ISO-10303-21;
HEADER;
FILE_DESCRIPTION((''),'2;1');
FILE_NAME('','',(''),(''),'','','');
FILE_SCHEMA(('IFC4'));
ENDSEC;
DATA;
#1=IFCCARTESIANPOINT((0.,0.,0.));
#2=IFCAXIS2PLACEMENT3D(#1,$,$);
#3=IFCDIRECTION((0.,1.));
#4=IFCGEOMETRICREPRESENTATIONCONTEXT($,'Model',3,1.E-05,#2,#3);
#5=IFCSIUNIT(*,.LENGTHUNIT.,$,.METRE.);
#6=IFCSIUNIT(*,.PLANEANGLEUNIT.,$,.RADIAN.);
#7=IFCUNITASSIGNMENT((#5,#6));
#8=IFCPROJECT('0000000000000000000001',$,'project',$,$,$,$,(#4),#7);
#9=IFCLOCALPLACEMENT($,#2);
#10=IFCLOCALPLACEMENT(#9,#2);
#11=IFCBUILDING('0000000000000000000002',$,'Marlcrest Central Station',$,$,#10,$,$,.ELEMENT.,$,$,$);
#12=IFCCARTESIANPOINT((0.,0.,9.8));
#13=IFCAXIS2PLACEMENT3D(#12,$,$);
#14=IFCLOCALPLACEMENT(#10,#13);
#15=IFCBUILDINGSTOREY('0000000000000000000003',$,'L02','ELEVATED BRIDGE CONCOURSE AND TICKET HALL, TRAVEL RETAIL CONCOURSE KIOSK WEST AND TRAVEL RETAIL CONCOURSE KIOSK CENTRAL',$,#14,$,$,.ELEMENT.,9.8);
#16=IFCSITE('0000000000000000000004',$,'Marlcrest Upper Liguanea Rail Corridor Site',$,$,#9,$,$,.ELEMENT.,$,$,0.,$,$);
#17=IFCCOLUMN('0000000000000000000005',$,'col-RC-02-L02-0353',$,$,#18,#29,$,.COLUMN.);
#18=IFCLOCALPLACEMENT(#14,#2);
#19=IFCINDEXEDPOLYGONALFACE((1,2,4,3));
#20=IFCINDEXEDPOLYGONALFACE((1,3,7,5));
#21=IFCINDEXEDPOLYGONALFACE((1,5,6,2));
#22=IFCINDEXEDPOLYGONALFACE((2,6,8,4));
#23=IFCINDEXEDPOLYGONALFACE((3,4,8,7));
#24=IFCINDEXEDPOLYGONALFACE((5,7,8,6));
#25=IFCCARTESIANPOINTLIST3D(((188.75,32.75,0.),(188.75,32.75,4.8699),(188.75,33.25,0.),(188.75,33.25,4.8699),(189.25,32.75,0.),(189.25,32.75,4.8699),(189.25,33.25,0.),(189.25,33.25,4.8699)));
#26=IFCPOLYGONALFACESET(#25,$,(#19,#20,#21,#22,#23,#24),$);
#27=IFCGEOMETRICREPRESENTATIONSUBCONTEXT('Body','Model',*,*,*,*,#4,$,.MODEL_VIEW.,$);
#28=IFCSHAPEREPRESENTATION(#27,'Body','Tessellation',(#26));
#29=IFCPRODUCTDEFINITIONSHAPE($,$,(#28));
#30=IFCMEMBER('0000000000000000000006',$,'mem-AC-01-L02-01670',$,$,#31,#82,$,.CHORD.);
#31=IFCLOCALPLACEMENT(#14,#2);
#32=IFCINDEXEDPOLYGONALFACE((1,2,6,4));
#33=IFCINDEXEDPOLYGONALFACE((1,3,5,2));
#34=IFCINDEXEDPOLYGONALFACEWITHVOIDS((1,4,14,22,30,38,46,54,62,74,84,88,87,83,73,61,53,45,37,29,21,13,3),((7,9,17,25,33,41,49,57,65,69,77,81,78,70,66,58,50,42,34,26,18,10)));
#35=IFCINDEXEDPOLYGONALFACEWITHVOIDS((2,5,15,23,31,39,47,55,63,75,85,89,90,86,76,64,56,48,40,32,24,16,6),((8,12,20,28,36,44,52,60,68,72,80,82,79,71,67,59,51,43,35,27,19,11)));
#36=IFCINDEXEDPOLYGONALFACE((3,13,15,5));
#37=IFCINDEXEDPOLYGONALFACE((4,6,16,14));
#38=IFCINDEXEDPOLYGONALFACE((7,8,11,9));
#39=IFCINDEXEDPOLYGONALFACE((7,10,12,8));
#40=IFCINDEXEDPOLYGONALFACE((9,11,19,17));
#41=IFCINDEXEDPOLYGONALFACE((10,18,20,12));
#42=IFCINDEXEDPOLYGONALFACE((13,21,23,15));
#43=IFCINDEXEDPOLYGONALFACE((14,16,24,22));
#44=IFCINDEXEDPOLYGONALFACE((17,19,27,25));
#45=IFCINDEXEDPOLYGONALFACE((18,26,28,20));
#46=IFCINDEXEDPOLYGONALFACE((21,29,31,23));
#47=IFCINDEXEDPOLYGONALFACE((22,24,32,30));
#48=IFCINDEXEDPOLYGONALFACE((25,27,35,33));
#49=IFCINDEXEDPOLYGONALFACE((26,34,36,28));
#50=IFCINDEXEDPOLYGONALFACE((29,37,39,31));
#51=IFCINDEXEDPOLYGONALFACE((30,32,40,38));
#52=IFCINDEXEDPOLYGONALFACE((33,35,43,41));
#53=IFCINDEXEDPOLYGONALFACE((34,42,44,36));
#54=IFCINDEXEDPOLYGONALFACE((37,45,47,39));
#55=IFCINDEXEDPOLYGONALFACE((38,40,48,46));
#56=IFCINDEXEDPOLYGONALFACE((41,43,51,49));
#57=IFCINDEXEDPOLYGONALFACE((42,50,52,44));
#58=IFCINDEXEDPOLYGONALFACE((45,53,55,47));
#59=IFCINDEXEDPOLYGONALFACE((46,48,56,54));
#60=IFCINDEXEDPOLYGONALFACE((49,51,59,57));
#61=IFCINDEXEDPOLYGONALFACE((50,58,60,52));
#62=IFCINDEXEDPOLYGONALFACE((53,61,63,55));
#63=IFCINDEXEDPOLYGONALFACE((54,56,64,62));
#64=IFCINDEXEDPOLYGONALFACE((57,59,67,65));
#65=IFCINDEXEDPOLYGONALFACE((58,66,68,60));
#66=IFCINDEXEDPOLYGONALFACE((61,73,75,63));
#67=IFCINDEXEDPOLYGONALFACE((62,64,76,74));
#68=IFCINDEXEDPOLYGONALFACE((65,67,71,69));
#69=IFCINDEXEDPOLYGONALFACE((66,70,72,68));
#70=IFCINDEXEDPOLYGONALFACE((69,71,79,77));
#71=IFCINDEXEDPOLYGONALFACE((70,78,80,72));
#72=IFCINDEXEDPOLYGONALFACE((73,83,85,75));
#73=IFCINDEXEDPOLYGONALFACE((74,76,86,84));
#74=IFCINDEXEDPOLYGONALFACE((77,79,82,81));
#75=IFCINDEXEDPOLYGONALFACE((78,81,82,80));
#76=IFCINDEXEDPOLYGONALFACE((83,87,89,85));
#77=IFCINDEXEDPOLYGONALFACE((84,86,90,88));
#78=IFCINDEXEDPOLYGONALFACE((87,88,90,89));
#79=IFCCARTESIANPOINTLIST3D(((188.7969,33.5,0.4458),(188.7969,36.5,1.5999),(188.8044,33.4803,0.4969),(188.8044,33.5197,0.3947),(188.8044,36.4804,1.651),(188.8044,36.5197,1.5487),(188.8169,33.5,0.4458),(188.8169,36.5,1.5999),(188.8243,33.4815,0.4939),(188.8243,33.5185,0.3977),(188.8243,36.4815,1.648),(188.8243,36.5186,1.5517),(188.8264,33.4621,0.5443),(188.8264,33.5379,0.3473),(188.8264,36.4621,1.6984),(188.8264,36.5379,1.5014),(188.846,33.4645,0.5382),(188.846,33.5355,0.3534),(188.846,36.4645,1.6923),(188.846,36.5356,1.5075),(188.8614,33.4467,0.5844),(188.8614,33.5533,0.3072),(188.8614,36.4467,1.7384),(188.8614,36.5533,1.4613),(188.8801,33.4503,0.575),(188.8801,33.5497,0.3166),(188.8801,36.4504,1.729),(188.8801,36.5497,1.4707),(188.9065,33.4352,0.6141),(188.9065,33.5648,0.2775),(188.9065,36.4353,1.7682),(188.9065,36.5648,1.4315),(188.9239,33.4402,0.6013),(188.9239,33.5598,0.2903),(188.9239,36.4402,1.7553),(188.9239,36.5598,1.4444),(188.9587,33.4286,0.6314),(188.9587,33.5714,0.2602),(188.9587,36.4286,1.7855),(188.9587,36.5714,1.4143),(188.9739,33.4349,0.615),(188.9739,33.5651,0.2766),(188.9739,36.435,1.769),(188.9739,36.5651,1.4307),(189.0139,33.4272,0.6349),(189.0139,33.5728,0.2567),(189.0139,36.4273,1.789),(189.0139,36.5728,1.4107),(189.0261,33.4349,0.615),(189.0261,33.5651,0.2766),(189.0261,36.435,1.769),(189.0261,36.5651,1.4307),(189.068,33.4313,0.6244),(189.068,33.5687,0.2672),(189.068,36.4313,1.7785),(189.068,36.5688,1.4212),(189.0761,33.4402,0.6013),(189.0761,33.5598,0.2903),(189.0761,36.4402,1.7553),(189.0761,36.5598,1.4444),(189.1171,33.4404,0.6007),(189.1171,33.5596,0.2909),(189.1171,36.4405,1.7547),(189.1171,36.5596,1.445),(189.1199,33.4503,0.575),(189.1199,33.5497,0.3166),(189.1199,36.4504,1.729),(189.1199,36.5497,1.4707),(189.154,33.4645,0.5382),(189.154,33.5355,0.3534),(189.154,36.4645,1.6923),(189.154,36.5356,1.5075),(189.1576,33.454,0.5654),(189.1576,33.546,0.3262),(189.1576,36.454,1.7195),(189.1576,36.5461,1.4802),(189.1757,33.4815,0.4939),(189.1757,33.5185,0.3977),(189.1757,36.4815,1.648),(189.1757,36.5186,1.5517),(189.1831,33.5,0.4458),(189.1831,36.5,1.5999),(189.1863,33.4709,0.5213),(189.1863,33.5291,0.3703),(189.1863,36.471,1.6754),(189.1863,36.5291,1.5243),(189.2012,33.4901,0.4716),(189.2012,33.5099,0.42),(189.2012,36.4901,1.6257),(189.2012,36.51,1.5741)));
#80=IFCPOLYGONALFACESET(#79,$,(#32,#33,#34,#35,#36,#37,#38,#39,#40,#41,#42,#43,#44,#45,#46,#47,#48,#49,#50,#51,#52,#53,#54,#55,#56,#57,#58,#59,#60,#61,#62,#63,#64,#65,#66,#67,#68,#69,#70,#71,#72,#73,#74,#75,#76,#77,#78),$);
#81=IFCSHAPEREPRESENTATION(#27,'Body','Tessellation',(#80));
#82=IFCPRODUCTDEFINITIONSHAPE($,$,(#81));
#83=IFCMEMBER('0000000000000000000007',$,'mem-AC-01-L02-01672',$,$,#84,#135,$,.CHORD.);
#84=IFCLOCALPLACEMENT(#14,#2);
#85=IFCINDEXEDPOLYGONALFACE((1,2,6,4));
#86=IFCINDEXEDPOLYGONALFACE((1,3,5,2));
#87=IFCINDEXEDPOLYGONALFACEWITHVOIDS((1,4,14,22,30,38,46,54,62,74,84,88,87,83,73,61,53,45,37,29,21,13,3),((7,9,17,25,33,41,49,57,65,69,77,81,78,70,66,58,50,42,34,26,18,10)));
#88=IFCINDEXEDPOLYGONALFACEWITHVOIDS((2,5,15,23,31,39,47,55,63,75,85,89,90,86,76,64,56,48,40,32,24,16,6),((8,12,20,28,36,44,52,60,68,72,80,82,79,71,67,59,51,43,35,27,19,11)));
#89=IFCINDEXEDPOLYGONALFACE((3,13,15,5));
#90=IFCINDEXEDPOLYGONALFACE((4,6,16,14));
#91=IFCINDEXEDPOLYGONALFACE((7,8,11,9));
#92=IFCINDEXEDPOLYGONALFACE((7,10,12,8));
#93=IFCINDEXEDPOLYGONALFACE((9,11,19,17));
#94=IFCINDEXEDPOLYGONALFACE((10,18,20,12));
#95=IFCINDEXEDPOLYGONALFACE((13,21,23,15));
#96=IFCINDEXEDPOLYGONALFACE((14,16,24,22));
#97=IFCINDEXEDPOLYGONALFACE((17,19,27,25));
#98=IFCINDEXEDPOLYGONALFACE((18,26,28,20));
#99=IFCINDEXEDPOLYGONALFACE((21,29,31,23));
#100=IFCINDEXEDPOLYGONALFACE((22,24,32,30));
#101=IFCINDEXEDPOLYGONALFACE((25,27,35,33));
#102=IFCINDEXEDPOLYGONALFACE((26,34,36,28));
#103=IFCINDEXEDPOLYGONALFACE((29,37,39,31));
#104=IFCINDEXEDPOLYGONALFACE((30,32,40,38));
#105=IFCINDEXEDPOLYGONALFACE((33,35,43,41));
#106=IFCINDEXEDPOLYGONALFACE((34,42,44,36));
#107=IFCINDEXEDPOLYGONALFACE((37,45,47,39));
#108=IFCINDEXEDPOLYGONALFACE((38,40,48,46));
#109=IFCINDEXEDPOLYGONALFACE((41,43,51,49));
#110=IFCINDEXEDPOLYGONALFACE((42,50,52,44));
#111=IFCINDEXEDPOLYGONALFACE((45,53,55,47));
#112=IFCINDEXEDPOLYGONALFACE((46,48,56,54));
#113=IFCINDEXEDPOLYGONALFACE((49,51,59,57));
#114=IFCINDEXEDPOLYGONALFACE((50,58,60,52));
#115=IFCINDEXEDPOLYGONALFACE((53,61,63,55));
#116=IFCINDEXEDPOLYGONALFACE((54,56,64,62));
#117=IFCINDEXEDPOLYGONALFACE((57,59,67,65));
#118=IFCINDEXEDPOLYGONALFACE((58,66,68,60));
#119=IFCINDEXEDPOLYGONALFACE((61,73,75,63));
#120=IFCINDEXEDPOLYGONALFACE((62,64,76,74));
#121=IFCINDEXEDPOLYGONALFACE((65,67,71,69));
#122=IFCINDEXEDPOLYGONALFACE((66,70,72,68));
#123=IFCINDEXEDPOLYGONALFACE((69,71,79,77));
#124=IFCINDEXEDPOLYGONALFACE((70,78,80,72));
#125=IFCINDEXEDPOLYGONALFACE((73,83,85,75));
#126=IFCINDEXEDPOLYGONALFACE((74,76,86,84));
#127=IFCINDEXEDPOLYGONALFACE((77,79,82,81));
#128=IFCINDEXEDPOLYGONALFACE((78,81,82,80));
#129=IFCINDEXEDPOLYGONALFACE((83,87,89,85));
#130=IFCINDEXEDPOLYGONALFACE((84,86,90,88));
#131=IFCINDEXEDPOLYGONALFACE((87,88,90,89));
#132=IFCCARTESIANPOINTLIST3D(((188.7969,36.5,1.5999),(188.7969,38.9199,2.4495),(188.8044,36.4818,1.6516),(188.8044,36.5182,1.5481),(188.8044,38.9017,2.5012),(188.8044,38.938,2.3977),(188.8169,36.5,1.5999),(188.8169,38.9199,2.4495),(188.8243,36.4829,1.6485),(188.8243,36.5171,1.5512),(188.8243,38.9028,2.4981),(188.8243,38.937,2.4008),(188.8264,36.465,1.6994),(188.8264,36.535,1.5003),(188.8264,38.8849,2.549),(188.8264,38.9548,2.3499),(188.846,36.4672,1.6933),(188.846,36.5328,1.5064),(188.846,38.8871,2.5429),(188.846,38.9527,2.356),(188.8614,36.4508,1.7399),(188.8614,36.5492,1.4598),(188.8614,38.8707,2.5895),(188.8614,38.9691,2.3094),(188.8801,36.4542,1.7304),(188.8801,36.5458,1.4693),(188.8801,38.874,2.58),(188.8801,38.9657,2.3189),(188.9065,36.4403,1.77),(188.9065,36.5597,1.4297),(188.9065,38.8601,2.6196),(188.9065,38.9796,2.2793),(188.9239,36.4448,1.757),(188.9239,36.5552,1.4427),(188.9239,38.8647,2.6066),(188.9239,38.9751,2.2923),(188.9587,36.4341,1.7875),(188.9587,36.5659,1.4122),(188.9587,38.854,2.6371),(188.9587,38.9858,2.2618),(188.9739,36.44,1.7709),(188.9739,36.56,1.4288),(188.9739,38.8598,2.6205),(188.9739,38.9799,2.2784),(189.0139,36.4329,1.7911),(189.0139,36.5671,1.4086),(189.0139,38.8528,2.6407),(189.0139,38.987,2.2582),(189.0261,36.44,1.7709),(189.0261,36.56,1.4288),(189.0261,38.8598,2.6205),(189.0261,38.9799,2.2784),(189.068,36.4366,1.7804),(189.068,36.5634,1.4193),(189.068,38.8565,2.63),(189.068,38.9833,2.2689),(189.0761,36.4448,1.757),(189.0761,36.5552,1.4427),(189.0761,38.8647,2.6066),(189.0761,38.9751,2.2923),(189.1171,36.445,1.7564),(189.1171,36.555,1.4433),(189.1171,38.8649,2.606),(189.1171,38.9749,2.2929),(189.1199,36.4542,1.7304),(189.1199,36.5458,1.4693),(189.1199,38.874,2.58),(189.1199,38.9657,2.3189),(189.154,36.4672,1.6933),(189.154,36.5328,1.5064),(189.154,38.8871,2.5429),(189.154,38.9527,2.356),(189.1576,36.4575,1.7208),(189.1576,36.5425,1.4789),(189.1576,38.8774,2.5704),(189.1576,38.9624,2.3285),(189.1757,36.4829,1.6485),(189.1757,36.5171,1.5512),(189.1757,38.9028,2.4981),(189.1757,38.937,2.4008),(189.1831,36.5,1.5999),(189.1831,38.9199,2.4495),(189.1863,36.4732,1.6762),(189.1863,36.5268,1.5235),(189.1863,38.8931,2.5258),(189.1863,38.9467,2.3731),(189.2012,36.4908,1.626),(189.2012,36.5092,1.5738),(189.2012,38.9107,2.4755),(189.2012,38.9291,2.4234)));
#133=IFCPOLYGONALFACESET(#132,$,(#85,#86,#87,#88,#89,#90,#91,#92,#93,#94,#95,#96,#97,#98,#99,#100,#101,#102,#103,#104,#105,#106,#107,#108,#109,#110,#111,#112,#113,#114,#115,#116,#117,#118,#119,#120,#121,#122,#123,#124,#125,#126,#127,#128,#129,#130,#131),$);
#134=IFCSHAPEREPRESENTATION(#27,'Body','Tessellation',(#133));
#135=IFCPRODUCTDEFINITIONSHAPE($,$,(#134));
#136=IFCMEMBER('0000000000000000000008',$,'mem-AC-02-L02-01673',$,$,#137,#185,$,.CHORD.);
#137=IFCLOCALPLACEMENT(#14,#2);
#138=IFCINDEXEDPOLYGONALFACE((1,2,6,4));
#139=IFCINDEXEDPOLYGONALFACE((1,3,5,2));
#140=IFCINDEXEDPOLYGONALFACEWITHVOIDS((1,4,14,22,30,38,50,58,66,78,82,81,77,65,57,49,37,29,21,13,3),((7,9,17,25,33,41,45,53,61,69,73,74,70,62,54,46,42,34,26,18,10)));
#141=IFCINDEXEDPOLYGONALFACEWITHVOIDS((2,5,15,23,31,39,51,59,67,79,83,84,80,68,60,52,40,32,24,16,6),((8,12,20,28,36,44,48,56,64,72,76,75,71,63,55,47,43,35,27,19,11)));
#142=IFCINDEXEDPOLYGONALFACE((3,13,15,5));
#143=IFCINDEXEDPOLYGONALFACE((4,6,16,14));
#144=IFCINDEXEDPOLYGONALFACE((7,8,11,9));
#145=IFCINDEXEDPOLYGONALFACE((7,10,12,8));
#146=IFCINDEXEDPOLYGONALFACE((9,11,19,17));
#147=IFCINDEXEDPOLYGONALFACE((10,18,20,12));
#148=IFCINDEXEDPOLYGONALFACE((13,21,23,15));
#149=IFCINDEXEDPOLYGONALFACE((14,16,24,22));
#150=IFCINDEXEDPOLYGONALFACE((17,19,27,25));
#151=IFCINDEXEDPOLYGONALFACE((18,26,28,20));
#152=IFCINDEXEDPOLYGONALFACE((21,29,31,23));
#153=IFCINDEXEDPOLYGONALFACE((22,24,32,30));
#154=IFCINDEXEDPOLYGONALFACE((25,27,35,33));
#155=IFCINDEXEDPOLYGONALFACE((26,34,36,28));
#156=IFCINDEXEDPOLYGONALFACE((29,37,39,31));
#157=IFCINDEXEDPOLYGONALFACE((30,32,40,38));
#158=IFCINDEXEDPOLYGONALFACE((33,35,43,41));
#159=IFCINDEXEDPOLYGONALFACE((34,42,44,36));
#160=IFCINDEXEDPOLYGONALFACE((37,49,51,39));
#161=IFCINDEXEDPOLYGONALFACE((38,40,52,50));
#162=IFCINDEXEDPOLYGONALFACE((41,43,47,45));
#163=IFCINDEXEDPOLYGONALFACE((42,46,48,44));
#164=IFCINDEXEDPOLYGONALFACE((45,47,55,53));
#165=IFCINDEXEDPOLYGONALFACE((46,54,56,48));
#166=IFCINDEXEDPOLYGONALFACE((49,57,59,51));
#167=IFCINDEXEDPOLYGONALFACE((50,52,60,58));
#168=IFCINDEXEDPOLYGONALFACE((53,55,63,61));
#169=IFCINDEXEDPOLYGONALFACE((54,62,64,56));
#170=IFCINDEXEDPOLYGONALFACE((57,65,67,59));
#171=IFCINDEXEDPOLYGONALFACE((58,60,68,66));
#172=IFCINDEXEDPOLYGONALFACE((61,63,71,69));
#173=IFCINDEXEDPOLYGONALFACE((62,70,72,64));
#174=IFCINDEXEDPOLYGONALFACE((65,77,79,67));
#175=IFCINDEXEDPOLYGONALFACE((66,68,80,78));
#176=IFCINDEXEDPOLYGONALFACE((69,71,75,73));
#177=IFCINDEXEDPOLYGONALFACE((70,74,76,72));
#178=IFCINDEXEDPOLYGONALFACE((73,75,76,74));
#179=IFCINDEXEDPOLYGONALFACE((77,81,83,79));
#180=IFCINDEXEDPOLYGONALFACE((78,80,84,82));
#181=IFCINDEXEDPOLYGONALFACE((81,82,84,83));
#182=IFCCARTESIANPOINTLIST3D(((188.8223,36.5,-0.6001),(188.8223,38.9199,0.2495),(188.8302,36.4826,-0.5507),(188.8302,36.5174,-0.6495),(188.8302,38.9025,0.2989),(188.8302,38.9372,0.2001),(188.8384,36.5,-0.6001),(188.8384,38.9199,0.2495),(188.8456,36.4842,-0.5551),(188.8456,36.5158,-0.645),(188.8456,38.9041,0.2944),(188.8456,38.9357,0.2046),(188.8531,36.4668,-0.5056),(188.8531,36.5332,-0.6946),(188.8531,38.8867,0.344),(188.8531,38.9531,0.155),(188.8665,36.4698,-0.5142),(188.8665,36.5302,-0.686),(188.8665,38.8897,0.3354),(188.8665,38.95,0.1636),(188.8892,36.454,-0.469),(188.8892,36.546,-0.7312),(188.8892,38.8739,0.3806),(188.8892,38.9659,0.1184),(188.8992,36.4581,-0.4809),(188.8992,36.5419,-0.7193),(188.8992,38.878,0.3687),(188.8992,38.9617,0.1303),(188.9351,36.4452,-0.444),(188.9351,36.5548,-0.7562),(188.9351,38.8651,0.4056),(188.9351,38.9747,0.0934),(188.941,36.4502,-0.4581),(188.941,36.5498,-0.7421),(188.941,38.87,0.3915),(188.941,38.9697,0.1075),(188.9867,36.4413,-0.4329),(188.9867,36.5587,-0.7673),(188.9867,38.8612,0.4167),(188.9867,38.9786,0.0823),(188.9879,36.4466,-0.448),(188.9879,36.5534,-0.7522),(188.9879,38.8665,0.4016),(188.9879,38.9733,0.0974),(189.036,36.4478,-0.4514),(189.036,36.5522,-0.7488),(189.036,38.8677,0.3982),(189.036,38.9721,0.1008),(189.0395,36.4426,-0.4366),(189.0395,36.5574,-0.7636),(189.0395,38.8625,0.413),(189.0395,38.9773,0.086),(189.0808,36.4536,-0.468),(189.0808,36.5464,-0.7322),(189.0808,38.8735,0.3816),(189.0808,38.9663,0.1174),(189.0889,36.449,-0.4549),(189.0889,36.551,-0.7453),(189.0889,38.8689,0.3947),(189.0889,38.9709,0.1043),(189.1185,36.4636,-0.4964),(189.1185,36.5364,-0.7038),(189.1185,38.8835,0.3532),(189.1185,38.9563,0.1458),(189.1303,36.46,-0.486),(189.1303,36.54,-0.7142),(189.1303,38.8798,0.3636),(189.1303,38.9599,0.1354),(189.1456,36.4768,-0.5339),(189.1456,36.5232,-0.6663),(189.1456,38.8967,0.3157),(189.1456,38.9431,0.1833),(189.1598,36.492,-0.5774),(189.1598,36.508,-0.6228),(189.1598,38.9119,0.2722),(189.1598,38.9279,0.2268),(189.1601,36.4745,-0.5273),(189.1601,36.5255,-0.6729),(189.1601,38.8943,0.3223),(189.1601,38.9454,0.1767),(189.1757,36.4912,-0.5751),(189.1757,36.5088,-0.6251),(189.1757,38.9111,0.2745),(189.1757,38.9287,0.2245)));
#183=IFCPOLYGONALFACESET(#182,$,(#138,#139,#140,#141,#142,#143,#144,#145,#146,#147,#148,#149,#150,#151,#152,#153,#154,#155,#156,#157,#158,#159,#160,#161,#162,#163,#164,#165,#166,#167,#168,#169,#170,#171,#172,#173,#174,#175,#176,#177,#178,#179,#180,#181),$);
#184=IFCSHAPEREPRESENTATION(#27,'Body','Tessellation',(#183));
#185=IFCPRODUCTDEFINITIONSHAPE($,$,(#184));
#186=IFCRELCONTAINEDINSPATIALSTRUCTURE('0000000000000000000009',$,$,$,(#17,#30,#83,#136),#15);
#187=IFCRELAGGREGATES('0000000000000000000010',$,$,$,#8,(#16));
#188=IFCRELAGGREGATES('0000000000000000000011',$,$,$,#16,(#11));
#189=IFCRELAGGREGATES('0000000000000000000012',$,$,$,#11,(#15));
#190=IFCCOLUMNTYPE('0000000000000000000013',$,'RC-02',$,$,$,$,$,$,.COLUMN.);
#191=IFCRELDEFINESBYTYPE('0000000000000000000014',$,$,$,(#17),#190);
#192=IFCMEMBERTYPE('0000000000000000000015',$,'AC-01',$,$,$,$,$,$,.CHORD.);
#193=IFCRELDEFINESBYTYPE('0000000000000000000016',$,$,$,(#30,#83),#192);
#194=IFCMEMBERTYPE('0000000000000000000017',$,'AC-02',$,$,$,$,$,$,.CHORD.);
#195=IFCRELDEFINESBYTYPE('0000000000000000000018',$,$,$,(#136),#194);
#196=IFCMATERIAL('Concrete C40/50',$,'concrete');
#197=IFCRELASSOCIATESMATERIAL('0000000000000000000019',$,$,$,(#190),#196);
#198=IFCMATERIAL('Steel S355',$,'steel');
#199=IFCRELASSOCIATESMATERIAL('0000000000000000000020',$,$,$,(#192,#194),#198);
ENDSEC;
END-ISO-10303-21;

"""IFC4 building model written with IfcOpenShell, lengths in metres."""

from ifc_helpers import new_model, si_unit, direction, frame, origin, origin_2d, place, context, subcontext, project, spatial, rectangle, hollow_circle, extrude, material, material_profile, profile_set, type_object, element, save


model = new_model("IFC4")

# Units and contexts
model_context = context("Model", 3, precision=1e-05, world=origin(), true_north=direction((0.0, 1.0)))
body_context = subcontext(model_context, "Body", "Model", "MODEL_VIEW")
ifc_project = project(units=[si_unit("LENGTHUNIT", "METRE"), si_unit("PLANEANGLEUNIT", "RADIAN")], contexts=[model_context])

# Site, building, storey
site_placement = place(None, origin())
site = spatial("IfcSite", under=ifc_project, at=site_placement, Name="Marlcrest Upper Liguanea Rail Corridor Site", CompositionType="ELEMENT", RefElevation=0.0)
building_placement = place(site_placement, origin())
building = spatial("IfcBuilding", under=site, at=building_placement, Name="Marlcrest Central Station", CompositionType="ELEMENT")
storey_placement = place(building_placement, frame((0.0, 0.0, 9.8)))
storey = spatial("IfcBuildingStorey", under=building, at=storey_placement, Name="L02", Description="ELEVATED BRIDGE CONCOURSE AND TICKET HALL, TRAVEL RETAIL CONCOURSE KIOSK WEST AND TRAVEL RETAIL CONCOURSE KIOSK CENTRAL", CompositionType="ELEMENT", Elevation=9.8)

# Column
ifc_material_1 = material(Name="Concrete C40/50", Category="concrete")
ifc_material_profile_1 = material_profile(ifc_material_1, rectangle(XDim=0.5, YDim=0.5, at=origin_2d()), Name="RC 500x500")
ifc_profile_set_1 = profile_set([ifc_material_profile_1], Name="Concrete C40/50")
column_type = type_object("IfcColumnType", Name="RC-02", PredefinedType="COLUMN", material=ifc_profile_set_1)
column_placement = place(storey_placement, frame((189.0, 33.0, 0.0), z_axis=(0.0, 0.0, 1.0), x_axis=(1.0, 0.0, 0.0)))
element("IfcColumn", 1, at=column_placement, inside=storey, type_object=column_type, Name="col-RC-02-L02-0353", PredefinedType="COLUMN", context=body_context, shape_type="SweptSolid", body=[
    extrude(rectangle(XDim=0.5, YDim=0.5, at=origin_2d()), origin(), (0.0, 0.0, 1.0), 4.8699),
])

# Members
ifc_material_2 = material(Name="Steel S355", Category="steel")
ifc_material_profile_2 = material_profile(ifc_material_2, hollow_circle(Radius=0.2031, WallThickness=0.02, at=origin_2d()), Name="CHS 406.4x20")
ifc_profile_set_2 = profile_set([ifc_material_profile_2], Name="Steel S355")
member_type_1 = type_object("IfcMemberType", Name="AC-01", PredefinedType="CHORD", material=ifc_profile_set_2)
member_1_placement = place(storey_placement, frame((189.0, 33.5, 0.4458), z_axis=(0.0, 0.933324, 0.359035), x_axis=(-1.0, 0.0, 0.0)))
element("IfcMember", 2, at=member_1_placement, inside=storey, type_object=member_type_1, Name="mem-AC-01-L02-01670", PredefinedType="CHORD", context=body_context, shape_type="SweptSolid", body=[
    extrude(hollow_circle(Radius=0.2031, WallThickness=0.02, at=origin_2d()), origin(), (0.0, 0.0, 1.0), 3.2144),
])
member_2_placement = place(storey_placement, frame((189.0, 36.5, 1.5999), z_axis=(0.0, 0.943537, 0.331266), x_axis=(-1.0, 0.0, 0.0)))
element("IfcMember", 3, at=member_2_placement, inside=storey, type_object=member_type_1, Name="mem-AC-01-L02-01672", PredefinedType="CHORD", context=body_context, shape_type="SweptSolid", body=[
    extrude(hollow_circle(Radius=0.2031, WallThickness=0.02, at=origin_2d()), origin(), (0.0, 0.0, 1.0), 2.5647),
])
ifc_material_profile_3 = material_profile(ifc_material_2, hollow_circle(Radius=0.1777, WallThickness=0.0161, at=origin_2d()), Name="CHS 355.6x16")
ifc_profile_set_3 = profile_set([ifc_material_profile_3], Name="Steel S355")
member_type_2 = type_object("IfcMemberType", Name="AC-02", PredefinedType="CHORD", material=ifc_profile_set_3)
member_3_placement = place(storey_placement, frame((189.0, 36.5, -0.6001), z_axis=(0.0, 0.943537, 0.331266), x_axis=(-1.0, 0.0, 0.0)))
element("IfcMember", 4, at=member_3_placement, inside=storey, type_object=member_type_2, Name="mem-AC-02-L02-01673", PredefinedType="CHORD", context=body_context, shape_type="SweptSolid", body=[
    extrude(hollow_circle(Radius=0.1777, WallThickness=0.0161, at=origin_2d()), origin(), (0.0, 0.0, 1.0), 2.5647),
])

save(model, "model.ifc")
